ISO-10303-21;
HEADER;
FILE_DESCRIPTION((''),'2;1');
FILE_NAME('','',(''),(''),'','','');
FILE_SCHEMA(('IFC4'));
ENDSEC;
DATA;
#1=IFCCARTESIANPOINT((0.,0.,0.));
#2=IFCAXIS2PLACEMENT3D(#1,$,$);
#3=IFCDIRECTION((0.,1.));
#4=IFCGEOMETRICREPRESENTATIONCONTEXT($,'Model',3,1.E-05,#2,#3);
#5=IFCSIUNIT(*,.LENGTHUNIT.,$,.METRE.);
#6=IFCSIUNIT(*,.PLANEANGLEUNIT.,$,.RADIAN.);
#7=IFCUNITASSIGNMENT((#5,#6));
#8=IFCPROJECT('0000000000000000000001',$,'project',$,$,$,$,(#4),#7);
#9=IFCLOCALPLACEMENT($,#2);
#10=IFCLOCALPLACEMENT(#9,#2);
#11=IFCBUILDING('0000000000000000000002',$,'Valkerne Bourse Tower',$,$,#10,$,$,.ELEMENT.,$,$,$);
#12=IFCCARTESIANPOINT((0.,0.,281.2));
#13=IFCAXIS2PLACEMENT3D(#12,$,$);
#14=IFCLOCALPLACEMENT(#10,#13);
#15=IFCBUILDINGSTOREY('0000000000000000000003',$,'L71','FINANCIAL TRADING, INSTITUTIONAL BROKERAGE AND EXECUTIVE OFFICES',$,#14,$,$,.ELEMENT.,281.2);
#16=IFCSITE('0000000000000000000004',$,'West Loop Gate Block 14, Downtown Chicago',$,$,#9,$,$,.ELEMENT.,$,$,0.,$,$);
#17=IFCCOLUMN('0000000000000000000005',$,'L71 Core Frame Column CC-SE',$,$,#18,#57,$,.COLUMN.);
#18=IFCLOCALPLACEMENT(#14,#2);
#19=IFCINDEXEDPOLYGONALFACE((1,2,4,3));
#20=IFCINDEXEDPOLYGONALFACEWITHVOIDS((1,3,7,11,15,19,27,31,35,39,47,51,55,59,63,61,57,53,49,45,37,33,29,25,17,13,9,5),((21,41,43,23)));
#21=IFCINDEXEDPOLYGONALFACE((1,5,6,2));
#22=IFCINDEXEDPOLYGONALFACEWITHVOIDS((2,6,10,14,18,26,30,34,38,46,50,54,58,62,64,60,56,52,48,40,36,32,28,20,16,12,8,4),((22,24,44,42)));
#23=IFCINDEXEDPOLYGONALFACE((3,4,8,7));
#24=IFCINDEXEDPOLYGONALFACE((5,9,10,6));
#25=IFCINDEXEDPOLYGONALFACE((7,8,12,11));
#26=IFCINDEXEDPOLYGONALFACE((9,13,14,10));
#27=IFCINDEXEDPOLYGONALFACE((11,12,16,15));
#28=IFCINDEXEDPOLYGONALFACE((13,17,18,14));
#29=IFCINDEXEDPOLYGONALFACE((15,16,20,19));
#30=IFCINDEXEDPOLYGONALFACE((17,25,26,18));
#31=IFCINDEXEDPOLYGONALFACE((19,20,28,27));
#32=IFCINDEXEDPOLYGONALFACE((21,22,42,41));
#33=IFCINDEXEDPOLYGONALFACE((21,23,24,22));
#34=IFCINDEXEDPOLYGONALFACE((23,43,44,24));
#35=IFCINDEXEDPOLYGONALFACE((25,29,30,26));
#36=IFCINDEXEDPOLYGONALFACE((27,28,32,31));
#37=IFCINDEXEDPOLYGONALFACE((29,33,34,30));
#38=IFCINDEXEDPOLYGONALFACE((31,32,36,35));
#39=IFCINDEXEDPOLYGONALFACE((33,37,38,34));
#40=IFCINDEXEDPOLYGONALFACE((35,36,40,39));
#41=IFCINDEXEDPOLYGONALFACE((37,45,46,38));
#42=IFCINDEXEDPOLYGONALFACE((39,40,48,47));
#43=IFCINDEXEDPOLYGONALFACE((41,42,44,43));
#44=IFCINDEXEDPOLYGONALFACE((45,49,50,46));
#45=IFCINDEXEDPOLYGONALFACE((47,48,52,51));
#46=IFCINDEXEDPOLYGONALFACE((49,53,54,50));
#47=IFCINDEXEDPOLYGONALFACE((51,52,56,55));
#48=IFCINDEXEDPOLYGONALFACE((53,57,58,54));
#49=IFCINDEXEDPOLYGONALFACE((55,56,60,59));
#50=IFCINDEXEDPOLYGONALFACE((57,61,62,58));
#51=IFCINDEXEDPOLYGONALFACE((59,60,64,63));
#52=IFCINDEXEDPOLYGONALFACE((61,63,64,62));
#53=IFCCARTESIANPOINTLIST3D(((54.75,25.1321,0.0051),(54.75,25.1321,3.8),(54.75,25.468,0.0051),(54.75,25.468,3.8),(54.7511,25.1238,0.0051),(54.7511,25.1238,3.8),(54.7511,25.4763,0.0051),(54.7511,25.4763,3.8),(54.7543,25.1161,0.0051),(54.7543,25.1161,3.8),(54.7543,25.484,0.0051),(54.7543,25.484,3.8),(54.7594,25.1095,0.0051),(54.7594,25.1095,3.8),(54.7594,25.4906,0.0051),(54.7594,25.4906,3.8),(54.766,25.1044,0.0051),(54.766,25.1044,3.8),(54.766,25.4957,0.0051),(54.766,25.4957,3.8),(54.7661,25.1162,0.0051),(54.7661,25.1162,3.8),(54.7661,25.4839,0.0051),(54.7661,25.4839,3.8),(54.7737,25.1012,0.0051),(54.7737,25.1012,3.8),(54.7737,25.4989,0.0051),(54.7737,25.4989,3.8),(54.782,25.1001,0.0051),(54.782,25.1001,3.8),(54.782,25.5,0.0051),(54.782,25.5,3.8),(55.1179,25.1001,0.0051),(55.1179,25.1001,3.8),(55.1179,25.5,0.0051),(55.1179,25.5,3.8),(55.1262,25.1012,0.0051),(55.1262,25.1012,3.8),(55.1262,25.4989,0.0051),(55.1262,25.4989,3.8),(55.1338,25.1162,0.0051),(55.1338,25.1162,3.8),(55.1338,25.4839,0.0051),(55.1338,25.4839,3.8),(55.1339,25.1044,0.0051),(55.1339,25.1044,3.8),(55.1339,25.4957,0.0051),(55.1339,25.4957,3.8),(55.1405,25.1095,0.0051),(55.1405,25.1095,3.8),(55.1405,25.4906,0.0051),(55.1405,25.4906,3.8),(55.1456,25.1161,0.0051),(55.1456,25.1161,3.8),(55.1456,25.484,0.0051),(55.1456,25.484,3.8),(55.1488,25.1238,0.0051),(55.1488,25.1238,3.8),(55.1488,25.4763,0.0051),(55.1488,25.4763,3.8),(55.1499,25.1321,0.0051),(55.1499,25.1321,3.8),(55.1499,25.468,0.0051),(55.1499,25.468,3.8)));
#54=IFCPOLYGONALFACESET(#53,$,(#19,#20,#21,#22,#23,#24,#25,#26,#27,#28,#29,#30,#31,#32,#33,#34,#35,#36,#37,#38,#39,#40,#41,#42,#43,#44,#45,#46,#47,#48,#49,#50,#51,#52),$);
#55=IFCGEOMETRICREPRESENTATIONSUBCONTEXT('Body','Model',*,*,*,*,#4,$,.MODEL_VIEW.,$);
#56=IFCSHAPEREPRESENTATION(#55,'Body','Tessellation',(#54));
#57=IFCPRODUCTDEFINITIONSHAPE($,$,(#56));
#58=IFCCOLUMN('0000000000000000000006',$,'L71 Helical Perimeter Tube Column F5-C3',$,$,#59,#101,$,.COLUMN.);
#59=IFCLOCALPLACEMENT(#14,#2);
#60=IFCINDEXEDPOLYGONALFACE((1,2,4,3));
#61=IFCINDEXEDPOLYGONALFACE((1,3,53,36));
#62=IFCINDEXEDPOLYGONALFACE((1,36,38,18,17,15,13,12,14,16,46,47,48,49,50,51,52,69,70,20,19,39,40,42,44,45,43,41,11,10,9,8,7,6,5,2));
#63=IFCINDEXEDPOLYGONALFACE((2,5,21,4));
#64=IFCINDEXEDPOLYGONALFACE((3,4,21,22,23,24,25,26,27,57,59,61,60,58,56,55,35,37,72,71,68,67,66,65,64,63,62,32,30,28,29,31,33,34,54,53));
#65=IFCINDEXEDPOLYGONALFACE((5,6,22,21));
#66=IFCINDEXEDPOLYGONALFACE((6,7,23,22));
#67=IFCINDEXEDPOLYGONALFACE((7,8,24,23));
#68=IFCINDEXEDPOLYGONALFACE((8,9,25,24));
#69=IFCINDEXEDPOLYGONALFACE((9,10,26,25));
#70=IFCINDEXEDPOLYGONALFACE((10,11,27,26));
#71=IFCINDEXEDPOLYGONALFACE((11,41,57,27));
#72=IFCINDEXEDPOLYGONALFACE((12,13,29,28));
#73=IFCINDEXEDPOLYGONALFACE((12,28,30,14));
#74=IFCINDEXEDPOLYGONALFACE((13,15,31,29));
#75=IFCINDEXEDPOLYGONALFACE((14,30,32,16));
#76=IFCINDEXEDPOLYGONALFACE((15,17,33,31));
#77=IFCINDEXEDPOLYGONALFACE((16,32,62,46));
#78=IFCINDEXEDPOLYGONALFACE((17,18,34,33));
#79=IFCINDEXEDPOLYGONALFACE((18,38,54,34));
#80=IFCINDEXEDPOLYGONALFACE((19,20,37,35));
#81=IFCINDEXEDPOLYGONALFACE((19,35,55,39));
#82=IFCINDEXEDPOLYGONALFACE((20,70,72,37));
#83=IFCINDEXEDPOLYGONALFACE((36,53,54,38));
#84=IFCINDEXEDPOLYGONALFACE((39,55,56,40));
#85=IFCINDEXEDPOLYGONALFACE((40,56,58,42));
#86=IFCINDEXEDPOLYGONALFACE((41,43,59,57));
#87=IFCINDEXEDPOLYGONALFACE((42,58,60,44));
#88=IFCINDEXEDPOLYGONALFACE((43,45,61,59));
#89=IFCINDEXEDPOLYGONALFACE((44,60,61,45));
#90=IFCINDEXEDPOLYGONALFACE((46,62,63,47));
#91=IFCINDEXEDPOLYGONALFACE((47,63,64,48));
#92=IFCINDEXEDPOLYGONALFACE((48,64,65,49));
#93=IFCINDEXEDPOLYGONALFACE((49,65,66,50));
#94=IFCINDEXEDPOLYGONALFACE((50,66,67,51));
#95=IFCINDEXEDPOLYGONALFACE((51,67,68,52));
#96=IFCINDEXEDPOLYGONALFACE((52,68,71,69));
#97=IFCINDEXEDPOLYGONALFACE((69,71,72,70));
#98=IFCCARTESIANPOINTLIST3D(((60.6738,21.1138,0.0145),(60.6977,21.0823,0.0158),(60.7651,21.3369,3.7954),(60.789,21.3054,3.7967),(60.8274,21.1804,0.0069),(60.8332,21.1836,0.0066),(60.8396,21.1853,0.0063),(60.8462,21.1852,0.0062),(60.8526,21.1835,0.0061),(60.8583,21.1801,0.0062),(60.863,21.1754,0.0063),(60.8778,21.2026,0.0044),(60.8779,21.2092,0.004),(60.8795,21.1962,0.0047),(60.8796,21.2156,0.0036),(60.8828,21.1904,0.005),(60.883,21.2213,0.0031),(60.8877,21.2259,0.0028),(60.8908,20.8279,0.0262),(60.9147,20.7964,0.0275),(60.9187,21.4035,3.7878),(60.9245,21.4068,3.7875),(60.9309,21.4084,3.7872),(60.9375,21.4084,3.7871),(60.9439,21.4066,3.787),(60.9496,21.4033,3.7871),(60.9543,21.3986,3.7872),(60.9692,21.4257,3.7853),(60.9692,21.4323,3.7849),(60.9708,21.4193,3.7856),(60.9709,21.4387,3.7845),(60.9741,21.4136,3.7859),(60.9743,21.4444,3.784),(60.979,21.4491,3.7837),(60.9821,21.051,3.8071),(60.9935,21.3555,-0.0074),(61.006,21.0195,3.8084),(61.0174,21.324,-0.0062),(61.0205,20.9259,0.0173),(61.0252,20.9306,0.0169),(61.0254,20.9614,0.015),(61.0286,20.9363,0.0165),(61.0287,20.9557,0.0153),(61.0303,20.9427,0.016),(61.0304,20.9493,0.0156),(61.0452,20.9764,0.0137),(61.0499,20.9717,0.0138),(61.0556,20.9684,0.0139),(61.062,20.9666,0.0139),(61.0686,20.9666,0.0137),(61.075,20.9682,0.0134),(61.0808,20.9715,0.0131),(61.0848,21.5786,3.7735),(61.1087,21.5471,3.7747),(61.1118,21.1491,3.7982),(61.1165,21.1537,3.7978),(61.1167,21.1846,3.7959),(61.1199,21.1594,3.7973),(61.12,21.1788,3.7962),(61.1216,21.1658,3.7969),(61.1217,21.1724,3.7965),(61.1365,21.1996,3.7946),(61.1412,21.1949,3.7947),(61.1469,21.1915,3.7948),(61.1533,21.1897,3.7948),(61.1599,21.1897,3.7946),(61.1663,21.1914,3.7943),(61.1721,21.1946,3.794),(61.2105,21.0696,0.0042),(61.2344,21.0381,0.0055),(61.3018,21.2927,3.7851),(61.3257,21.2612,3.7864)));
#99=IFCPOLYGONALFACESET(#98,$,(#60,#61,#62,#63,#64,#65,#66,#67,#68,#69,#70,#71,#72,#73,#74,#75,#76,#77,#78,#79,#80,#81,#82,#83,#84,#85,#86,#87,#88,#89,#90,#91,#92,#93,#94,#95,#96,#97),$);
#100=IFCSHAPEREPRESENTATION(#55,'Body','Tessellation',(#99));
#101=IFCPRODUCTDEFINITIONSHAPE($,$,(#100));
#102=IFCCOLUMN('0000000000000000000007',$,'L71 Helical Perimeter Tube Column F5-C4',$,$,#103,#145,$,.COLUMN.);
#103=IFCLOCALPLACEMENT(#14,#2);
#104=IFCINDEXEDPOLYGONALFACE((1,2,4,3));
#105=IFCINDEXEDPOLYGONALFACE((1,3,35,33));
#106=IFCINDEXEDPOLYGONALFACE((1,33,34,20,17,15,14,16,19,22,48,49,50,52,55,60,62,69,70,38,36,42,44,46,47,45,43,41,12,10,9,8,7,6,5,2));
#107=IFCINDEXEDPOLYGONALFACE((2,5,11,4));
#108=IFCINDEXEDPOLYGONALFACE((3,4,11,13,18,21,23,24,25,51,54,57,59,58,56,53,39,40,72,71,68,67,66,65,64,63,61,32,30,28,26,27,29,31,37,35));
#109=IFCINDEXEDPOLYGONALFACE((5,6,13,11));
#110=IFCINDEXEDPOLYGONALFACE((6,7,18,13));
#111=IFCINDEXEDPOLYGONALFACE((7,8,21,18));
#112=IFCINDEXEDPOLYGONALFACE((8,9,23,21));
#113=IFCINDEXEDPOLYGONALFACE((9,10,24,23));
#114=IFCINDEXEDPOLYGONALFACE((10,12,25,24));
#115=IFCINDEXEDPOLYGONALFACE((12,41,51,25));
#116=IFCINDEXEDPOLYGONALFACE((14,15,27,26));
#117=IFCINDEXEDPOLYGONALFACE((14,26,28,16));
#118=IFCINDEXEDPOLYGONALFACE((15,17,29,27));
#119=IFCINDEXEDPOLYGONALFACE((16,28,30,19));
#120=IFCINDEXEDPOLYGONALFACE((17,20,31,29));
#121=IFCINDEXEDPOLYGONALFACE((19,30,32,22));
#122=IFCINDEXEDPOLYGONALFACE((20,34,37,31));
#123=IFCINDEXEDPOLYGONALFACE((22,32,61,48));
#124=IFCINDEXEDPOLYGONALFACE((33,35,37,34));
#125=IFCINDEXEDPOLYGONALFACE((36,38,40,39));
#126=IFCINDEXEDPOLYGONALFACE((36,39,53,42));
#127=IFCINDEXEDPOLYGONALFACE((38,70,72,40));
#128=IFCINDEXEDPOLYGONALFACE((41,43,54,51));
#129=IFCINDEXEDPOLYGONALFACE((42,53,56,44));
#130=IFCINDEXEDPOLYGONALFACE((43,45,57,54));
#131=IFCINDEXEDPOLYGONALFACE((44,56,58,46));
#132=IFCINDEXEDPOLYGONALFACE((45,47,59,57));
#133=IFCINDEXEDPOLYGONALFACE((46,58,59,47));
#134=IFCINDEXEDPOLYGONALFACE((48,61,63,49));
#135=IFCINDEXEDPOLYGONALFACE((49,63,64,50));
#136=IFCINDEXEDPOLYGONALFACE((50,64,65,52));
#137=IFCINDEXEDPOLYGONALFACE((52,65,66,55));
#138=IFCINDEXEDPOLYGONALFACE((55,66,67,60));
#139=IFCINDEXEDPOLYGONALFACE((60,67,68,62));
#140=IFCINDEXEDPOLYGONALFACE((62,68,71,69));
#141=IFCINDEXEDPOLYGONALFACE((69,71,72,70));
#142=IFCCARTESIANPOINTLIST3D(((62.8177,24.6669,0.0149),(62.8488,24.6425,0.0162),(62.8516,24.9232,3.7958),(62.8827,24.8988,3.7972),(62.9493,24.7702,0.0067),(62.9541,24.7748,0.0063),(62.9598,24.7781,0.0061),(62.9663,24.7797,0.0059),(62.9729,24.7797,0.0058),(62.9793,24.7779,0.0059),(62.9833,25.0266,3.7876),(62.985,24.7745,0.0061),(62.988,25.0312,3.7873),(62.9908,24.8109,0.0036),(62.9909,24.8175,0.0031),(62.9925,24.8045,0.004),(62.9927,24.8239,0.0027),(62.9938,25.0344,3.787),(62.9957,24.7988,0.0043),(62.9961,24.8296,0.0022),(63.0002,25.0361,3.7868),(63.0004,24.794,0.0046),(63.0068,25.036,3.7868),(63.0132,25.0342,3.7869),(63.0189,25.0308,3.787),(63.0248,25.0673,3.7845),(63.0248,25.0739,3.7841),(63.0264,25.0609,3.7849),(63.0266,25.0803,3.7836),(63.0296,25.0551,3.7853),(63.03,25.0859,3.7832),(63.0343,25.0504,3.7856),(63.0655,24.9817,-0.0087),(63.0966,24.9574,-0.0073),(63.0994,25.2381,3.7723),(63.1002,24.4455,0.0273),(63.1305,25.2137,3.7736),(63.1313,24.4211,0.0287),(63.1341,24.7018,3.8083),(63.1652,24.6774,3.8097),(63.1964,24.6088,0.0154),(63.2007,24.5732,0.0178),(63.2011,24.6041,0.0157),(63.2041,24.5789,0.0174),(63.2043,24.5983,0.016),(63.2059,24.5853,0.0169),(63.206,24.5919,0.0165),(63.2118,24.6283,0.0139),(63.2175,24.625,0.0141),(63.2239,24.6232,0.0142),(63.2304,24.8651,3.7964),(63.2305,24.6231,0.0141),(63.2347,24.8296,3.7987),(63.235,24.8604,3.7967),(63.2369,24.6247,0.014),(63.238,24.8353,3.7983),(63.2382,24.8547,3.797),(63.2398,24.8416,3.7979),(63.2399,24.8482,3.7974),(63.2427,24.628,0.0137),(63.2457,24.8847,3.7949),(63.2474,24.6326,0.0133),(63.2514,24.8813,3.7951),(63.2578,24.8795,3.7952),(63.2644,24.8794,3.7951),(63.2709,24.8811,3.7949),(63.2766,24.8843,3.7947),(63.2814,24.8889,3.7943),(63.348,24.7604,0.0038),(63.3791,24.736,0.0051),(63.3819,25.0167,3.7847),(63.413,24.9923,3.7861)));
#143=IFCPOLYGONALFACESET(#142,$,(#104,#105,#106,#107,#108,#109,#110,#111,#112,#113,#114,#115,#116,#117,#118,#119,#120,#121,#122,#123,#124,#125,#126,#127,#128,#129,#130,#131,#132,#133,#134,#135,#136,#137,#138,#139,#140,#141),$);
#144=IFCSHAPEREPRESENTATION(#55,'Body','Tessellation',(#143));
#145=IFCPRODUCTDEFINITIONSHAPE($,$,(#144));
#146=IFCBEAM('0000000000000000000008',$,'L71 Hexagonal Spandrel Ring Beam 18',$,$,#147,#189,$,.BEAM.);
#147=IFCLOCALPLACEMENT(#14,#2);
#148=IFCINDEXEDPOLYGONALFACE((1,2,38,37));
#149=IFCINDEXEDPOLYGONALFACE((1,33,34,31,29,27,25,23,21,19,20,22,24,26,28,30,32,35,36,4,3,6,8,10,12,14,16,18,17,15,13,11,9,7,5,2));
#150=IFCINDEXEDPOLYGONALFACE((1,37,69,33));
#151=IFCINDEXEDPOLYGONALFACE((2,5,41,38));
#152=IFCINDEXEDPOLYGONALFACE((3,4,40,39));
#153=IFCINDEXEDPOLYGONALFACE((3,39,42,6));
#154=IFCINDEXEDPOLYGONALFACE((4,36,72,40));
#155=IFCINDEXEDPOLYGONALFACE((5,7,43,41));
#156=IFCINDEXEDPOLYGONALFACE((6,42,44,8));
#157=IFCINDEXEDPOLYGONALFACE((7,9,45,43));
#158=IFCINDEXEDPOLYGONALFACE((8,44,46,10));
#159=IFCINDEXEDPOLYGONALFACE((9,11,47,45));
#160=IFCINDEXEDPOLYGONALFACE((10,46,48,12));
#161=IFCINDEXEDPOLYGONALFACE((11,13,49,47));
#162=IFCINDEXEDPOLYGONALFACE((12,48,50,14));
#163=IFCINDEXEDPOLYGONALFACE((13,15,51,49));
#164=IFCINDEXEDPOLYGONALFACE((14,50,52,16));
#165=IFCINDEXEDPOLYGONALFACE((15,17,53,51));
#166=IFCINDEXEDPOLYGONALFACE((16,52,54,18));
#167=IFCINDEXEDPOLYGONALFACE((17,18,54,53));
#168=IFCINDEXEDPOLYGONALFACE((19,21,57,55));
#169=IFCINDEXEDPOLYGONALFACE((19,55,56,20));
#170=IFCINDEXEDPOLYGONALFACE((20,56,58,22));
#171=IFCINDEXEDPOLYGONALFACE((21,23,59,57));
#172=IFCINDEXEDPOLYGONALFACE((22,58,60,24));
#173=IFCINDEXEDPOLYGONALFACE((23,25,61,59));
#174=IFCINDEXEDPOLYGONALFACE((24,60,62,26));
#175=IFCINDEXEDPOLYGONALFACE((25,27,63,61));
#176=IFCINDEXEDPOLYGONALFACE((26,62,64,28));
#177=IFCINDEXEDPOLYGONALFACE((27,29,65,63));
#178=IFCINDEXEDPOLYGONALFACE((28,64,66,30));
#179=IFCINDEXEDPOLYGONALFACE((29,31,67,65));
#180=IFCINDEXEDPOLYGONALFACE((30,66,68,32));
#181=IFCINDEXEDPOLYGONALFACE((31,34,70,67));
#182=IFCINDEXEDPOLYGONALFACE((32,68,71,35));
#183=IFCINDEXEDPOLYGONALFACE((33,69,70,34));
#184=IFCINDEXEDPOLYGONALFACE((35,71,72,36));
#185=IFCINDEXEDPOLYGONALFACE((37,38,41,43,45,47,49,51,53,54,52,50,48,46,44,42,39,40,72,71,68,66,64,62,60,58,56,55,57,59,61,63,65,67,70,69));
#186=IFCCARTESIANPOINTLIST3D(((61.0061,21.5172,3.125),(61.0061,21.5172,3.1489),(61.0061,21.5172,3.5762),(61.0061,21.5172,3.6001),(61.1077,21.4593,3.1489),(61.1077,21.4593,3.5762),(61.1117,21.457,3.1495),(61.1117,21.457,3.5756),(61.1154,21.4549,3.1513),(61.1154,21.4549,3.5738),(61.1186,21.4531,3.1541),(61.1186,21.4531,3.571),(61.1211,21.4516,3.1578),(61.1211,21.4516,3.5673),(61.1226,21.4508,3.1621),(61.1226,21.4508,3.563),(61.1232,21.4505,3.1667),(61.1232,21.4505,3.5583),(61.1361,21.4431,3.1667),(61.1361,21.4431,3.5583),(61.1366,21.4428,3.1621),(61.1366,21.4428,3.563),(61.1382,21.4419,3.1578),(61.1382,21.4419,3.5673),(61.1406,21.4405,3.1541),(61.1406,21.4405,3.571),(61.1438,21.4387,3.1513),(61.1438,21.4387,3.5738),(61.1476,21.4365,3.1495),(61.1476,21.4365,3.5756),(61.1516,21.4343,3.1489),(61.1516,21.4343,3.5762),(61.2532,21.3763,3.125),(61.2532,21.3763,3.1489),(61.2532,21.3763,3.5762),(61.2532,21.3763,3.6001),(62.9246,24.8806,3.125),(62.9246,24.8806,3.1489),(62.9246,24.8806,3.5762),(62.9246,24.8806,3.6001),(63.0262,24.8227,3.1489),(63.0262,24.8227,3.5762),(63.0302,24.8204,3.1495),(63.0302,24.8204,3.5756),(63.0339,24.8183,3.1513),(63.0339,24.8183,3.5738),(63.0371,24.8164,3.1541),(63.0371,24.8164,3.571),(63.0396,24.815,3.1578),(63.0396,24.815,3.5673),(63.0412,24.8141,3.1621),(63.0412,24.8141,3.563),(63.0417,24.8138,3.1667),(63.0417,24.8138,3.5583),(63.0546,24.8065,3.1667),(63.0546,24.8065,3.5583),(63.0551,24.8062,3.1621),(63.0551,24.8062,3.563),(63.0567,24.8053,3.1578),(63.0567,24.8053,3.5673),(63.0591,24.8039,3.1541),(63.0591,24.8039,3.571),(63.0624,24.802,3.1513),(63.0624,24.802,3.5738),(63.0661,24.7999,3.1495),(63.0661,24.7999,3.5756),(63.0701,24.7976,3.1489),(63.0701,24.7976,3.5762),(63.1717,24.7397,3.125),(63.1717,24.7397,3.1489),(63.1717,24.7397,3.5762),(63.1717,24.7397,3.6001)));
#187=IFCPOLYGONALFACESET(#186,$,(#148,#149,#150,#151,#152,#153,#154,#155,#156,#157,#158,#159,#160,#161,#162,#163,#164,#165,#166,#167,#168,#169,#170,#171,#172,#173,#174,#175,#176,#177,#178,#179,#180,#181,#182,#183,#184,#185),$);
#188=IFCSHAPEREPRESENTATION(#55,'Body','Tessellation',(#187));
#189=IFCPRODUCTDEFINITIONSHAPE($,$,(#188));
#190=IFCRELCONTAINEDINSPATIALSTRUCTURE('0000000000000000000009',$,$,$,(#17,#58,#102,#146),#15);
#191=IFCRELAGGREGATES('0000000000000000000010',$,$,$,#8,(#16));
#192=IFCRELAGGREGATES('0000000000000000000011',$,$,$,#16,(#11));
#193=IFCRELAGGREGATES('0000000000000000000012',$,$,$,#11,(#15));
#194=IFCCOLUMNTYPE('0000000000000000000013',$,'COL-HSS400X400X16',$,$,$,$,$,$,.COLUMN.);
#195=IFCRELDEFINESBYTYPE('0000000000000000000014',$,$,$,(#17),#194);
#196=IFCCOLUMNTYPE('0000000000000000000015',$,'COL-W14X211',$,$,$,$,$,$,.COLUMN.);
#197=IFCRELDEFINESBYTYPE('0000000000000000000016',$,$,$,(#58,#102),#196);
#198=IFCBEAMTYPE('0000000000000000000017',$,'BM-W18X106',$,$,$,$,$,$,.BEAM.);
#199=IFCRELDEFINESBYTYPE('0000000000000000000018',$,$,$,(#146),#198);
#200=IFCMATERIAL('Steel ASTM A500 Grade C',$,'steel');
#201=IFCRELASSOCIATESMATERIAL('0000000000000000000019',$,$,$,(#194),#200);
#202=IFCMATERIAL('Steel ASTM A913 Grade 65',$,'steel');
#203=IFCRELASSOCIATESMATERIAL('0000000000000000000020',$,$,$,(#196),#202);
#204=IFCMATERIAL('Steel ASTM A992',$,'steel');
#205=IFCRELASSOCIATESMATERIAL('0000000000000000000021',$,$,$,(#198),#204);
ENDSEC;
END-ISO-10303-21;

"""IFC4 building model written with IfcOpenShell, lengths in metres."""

from ifc_helpers import new_model, si_unit, direction, frame, origin, origin_2d, place, context, subcontext, project, spatial, hollow_rectangle, i_section, extrude, material, material_profile, profile_set, type_object, element, save


model = new_model("IFC4")

# Units and contexts
model_context = context("Model", 3, precision=1e-05, world=origin(), true_north=direction((0.0, 1.0)))
body_context = subcontext(model_context, "Body", "Model", "MODEL_VIEW")
ifc_project = project(units=[si_unit("LENGTHUNIT", "METRE"), si_unit("PLANEANGLEUNIT", "RADIAN")], contexts=[model_context])

# Site, building, storey
site_placement = place(None, origin())
site = spatial("IfcSite", under=ifc_project, at=site_placement, Name="West Loop Gate Block 14, Downtown Chicago", CompositionType="ELEMENT", RefElevation=0.0)
building_placement = place(site_placement, origin())
building = spatial("IfcBuilding", under=site, at=building_placement, Name="Valkerne Bourse Tower", CompositionType="ELEMENT")
storey_placement = place(building_placement, frame((0.0, 0.0, 281.2)))
storey = spatial("IfcBuildingStorey", under=building, at=storey_placement, Name="L71", Description="FINANCIAL TRADING, INSTITUTIONAL BROKERAGE AND EXECUTIVE OFFICES", CompositionType="ELEMENT", Elevation=281.2)

# Columns
ifc_material_1 = material(Name="Steel ASTM A500 Grade C", Category="steel")
ifc_material_profile_1 = material_profile(ifc_material_1, hollow_rectangle(XDim=0.3999, YDim=0.3999, WallThickness=0.0161, OuterFilletRadius=0.032, at=origin_2d()), Name="HSS400X400X16")
ifc_profile_set_1 = profile_set([ifc_material_profile_1], Name="Steel ASTM A500 Grade C")
column_type_1 = type_object("IfcColumnType", Name="COL-HSS400X400X16", PredefinedType="COLUMN", material=ifc_profile_set_1)
column_1_placement = place(storey_placement, frame((54.95, 25.3, 0.0051), z_axis=(0.0, 0.0, 1.0), x_axis=(1.0, 0.0, 0.0)))
element("IfcColumn", 1, at=column_1_placement, inside=storey, type_object=column_type_1, Name="L71 Core Frame Column CC-SE", PredefinedType="COLUMN", context=body_context, shape_type="SweptSolid", body=[
    extrude(hollow_rectangle(XDim=0.3999, YDim=0.3999, WallThickness=0.0161, OuterFilletRadius=0.032, at=origin_2d()), origin(), (0.0, 0.0, 1.0), 3.7949),
])
ifc_material_2 = material(Name="Steel ASTM A913 Grade 65", Category="steel")
ifc_material_profile_2 = material_profile(ifc_material_2, i_section(OverallWidth=0.4014, OverallDepth=0.3987, WebThickness=0.0249, FlangeThickness=0.0396, FilletRadius=0.0254, at=origin_2d()), Name="W14X211")
ifc_profile_set_2 = profile_set([ifc_material_profile_2], Name="Steel ASTM A913 Grade 65")
column_type_2 = type_object("IfcColumnType", Name="COL-W14X211", PredefinedType="COLUMN", material=ifc_profile_set_2)
column_2_placement = place(storey_placement, frame((60.9541, 21.0759, 0.01), z_axis=(0.0241, 0.058898, 0.997973), x_axis=(-0.796438, -0.602235, 0.054776)))
element("IfcColumn", 2, at=column_2_placement, inside=storey, type_object=column_type_2, Name="L71 Helical Perimeter Tube Column F5-C3", PredefinedType="COLUMN", context=body_context, shape_type="SweptSolid", body=[
    extrude(i_section(OverallWidth=0.4014, OverallDepth=0.3987, WebThickness=0.0249, FlangeThickness=0.0396, FilletRadius=0.0254, at=origin_2d()), origin(), (0.0, 0.0, 1.0), 3.7886),
])
column_3_placement = place(storey_placement, frame((63.0984, 24.7014, 0.01), z_axis=(0.008954, 0.067641, 0.99767), x_axis=(-0.617336, -0.784504, 0.058729)))
element("IfcColumn", 3, at=column_3_placement, inside=storey, type_object=column_type_2, Name="L71 Helical Perimeter Tube Column F5-C4", PredefinedType="COLUMN", context=body_context, shape_type="SweptSolid", body=[
    extrude(i_section(OverallWidth=0.4014, OverallDepth=0.3987, WebThickness=0.0249, FlangeThickness=0.0396, FilletRadius=0.0254, at=origin_2d()), origin(), (0.0, 0.0, 1.0), 3.7898),
])

# Beam
ifc_material_3 = material(Name="Steel ASTM A992", Category="steel")
ifc_material_profile_3 = material_profile(ifc_material_3, i_section(OverallWidth=0.2844, OverallDepth=0.4751, WebThickness=0.0149, FlangeThickness=0.0239, FilletRadius=0.0178, at=origin_2d()), Name="W18X106")
ifc_profile_set_3 = profile_set([ifc_material_profile_3], Name="Steel ASTM A992")
beam_type_1 = type_object("IfcBeamType", Name="BM-W18X106", PredefinedType="BEAM", material=ifc_profile_set_3)
beam_1_placement = place(storey_placement, frame((61.1296, 21.4468, 3.3625), z_axis=(0.495473, 0.868623, 0.0), x_axis=(-0.868623, 0.495473, 0.0)))
element("IfcBeam", 4, at=beam_1_placement, inside=storey, type_object=beam_type_1, Name="L71 Hexagonal Spandrel Ring Beam 18", PredefinedType="BEAM", context=body_context, shape_type="SweptSolid", body=[
    extrude(i_section(OverallWidth=0.2844, OverallDepth=0.4751, WebThickness=0.0149, FlangeThickness=0.0239, FilletRadius=0.0178, at=origin_2d()), origin(), (0.0, 0.0, 1.0), 3.8721),
])

save(model, "model.ifc")
